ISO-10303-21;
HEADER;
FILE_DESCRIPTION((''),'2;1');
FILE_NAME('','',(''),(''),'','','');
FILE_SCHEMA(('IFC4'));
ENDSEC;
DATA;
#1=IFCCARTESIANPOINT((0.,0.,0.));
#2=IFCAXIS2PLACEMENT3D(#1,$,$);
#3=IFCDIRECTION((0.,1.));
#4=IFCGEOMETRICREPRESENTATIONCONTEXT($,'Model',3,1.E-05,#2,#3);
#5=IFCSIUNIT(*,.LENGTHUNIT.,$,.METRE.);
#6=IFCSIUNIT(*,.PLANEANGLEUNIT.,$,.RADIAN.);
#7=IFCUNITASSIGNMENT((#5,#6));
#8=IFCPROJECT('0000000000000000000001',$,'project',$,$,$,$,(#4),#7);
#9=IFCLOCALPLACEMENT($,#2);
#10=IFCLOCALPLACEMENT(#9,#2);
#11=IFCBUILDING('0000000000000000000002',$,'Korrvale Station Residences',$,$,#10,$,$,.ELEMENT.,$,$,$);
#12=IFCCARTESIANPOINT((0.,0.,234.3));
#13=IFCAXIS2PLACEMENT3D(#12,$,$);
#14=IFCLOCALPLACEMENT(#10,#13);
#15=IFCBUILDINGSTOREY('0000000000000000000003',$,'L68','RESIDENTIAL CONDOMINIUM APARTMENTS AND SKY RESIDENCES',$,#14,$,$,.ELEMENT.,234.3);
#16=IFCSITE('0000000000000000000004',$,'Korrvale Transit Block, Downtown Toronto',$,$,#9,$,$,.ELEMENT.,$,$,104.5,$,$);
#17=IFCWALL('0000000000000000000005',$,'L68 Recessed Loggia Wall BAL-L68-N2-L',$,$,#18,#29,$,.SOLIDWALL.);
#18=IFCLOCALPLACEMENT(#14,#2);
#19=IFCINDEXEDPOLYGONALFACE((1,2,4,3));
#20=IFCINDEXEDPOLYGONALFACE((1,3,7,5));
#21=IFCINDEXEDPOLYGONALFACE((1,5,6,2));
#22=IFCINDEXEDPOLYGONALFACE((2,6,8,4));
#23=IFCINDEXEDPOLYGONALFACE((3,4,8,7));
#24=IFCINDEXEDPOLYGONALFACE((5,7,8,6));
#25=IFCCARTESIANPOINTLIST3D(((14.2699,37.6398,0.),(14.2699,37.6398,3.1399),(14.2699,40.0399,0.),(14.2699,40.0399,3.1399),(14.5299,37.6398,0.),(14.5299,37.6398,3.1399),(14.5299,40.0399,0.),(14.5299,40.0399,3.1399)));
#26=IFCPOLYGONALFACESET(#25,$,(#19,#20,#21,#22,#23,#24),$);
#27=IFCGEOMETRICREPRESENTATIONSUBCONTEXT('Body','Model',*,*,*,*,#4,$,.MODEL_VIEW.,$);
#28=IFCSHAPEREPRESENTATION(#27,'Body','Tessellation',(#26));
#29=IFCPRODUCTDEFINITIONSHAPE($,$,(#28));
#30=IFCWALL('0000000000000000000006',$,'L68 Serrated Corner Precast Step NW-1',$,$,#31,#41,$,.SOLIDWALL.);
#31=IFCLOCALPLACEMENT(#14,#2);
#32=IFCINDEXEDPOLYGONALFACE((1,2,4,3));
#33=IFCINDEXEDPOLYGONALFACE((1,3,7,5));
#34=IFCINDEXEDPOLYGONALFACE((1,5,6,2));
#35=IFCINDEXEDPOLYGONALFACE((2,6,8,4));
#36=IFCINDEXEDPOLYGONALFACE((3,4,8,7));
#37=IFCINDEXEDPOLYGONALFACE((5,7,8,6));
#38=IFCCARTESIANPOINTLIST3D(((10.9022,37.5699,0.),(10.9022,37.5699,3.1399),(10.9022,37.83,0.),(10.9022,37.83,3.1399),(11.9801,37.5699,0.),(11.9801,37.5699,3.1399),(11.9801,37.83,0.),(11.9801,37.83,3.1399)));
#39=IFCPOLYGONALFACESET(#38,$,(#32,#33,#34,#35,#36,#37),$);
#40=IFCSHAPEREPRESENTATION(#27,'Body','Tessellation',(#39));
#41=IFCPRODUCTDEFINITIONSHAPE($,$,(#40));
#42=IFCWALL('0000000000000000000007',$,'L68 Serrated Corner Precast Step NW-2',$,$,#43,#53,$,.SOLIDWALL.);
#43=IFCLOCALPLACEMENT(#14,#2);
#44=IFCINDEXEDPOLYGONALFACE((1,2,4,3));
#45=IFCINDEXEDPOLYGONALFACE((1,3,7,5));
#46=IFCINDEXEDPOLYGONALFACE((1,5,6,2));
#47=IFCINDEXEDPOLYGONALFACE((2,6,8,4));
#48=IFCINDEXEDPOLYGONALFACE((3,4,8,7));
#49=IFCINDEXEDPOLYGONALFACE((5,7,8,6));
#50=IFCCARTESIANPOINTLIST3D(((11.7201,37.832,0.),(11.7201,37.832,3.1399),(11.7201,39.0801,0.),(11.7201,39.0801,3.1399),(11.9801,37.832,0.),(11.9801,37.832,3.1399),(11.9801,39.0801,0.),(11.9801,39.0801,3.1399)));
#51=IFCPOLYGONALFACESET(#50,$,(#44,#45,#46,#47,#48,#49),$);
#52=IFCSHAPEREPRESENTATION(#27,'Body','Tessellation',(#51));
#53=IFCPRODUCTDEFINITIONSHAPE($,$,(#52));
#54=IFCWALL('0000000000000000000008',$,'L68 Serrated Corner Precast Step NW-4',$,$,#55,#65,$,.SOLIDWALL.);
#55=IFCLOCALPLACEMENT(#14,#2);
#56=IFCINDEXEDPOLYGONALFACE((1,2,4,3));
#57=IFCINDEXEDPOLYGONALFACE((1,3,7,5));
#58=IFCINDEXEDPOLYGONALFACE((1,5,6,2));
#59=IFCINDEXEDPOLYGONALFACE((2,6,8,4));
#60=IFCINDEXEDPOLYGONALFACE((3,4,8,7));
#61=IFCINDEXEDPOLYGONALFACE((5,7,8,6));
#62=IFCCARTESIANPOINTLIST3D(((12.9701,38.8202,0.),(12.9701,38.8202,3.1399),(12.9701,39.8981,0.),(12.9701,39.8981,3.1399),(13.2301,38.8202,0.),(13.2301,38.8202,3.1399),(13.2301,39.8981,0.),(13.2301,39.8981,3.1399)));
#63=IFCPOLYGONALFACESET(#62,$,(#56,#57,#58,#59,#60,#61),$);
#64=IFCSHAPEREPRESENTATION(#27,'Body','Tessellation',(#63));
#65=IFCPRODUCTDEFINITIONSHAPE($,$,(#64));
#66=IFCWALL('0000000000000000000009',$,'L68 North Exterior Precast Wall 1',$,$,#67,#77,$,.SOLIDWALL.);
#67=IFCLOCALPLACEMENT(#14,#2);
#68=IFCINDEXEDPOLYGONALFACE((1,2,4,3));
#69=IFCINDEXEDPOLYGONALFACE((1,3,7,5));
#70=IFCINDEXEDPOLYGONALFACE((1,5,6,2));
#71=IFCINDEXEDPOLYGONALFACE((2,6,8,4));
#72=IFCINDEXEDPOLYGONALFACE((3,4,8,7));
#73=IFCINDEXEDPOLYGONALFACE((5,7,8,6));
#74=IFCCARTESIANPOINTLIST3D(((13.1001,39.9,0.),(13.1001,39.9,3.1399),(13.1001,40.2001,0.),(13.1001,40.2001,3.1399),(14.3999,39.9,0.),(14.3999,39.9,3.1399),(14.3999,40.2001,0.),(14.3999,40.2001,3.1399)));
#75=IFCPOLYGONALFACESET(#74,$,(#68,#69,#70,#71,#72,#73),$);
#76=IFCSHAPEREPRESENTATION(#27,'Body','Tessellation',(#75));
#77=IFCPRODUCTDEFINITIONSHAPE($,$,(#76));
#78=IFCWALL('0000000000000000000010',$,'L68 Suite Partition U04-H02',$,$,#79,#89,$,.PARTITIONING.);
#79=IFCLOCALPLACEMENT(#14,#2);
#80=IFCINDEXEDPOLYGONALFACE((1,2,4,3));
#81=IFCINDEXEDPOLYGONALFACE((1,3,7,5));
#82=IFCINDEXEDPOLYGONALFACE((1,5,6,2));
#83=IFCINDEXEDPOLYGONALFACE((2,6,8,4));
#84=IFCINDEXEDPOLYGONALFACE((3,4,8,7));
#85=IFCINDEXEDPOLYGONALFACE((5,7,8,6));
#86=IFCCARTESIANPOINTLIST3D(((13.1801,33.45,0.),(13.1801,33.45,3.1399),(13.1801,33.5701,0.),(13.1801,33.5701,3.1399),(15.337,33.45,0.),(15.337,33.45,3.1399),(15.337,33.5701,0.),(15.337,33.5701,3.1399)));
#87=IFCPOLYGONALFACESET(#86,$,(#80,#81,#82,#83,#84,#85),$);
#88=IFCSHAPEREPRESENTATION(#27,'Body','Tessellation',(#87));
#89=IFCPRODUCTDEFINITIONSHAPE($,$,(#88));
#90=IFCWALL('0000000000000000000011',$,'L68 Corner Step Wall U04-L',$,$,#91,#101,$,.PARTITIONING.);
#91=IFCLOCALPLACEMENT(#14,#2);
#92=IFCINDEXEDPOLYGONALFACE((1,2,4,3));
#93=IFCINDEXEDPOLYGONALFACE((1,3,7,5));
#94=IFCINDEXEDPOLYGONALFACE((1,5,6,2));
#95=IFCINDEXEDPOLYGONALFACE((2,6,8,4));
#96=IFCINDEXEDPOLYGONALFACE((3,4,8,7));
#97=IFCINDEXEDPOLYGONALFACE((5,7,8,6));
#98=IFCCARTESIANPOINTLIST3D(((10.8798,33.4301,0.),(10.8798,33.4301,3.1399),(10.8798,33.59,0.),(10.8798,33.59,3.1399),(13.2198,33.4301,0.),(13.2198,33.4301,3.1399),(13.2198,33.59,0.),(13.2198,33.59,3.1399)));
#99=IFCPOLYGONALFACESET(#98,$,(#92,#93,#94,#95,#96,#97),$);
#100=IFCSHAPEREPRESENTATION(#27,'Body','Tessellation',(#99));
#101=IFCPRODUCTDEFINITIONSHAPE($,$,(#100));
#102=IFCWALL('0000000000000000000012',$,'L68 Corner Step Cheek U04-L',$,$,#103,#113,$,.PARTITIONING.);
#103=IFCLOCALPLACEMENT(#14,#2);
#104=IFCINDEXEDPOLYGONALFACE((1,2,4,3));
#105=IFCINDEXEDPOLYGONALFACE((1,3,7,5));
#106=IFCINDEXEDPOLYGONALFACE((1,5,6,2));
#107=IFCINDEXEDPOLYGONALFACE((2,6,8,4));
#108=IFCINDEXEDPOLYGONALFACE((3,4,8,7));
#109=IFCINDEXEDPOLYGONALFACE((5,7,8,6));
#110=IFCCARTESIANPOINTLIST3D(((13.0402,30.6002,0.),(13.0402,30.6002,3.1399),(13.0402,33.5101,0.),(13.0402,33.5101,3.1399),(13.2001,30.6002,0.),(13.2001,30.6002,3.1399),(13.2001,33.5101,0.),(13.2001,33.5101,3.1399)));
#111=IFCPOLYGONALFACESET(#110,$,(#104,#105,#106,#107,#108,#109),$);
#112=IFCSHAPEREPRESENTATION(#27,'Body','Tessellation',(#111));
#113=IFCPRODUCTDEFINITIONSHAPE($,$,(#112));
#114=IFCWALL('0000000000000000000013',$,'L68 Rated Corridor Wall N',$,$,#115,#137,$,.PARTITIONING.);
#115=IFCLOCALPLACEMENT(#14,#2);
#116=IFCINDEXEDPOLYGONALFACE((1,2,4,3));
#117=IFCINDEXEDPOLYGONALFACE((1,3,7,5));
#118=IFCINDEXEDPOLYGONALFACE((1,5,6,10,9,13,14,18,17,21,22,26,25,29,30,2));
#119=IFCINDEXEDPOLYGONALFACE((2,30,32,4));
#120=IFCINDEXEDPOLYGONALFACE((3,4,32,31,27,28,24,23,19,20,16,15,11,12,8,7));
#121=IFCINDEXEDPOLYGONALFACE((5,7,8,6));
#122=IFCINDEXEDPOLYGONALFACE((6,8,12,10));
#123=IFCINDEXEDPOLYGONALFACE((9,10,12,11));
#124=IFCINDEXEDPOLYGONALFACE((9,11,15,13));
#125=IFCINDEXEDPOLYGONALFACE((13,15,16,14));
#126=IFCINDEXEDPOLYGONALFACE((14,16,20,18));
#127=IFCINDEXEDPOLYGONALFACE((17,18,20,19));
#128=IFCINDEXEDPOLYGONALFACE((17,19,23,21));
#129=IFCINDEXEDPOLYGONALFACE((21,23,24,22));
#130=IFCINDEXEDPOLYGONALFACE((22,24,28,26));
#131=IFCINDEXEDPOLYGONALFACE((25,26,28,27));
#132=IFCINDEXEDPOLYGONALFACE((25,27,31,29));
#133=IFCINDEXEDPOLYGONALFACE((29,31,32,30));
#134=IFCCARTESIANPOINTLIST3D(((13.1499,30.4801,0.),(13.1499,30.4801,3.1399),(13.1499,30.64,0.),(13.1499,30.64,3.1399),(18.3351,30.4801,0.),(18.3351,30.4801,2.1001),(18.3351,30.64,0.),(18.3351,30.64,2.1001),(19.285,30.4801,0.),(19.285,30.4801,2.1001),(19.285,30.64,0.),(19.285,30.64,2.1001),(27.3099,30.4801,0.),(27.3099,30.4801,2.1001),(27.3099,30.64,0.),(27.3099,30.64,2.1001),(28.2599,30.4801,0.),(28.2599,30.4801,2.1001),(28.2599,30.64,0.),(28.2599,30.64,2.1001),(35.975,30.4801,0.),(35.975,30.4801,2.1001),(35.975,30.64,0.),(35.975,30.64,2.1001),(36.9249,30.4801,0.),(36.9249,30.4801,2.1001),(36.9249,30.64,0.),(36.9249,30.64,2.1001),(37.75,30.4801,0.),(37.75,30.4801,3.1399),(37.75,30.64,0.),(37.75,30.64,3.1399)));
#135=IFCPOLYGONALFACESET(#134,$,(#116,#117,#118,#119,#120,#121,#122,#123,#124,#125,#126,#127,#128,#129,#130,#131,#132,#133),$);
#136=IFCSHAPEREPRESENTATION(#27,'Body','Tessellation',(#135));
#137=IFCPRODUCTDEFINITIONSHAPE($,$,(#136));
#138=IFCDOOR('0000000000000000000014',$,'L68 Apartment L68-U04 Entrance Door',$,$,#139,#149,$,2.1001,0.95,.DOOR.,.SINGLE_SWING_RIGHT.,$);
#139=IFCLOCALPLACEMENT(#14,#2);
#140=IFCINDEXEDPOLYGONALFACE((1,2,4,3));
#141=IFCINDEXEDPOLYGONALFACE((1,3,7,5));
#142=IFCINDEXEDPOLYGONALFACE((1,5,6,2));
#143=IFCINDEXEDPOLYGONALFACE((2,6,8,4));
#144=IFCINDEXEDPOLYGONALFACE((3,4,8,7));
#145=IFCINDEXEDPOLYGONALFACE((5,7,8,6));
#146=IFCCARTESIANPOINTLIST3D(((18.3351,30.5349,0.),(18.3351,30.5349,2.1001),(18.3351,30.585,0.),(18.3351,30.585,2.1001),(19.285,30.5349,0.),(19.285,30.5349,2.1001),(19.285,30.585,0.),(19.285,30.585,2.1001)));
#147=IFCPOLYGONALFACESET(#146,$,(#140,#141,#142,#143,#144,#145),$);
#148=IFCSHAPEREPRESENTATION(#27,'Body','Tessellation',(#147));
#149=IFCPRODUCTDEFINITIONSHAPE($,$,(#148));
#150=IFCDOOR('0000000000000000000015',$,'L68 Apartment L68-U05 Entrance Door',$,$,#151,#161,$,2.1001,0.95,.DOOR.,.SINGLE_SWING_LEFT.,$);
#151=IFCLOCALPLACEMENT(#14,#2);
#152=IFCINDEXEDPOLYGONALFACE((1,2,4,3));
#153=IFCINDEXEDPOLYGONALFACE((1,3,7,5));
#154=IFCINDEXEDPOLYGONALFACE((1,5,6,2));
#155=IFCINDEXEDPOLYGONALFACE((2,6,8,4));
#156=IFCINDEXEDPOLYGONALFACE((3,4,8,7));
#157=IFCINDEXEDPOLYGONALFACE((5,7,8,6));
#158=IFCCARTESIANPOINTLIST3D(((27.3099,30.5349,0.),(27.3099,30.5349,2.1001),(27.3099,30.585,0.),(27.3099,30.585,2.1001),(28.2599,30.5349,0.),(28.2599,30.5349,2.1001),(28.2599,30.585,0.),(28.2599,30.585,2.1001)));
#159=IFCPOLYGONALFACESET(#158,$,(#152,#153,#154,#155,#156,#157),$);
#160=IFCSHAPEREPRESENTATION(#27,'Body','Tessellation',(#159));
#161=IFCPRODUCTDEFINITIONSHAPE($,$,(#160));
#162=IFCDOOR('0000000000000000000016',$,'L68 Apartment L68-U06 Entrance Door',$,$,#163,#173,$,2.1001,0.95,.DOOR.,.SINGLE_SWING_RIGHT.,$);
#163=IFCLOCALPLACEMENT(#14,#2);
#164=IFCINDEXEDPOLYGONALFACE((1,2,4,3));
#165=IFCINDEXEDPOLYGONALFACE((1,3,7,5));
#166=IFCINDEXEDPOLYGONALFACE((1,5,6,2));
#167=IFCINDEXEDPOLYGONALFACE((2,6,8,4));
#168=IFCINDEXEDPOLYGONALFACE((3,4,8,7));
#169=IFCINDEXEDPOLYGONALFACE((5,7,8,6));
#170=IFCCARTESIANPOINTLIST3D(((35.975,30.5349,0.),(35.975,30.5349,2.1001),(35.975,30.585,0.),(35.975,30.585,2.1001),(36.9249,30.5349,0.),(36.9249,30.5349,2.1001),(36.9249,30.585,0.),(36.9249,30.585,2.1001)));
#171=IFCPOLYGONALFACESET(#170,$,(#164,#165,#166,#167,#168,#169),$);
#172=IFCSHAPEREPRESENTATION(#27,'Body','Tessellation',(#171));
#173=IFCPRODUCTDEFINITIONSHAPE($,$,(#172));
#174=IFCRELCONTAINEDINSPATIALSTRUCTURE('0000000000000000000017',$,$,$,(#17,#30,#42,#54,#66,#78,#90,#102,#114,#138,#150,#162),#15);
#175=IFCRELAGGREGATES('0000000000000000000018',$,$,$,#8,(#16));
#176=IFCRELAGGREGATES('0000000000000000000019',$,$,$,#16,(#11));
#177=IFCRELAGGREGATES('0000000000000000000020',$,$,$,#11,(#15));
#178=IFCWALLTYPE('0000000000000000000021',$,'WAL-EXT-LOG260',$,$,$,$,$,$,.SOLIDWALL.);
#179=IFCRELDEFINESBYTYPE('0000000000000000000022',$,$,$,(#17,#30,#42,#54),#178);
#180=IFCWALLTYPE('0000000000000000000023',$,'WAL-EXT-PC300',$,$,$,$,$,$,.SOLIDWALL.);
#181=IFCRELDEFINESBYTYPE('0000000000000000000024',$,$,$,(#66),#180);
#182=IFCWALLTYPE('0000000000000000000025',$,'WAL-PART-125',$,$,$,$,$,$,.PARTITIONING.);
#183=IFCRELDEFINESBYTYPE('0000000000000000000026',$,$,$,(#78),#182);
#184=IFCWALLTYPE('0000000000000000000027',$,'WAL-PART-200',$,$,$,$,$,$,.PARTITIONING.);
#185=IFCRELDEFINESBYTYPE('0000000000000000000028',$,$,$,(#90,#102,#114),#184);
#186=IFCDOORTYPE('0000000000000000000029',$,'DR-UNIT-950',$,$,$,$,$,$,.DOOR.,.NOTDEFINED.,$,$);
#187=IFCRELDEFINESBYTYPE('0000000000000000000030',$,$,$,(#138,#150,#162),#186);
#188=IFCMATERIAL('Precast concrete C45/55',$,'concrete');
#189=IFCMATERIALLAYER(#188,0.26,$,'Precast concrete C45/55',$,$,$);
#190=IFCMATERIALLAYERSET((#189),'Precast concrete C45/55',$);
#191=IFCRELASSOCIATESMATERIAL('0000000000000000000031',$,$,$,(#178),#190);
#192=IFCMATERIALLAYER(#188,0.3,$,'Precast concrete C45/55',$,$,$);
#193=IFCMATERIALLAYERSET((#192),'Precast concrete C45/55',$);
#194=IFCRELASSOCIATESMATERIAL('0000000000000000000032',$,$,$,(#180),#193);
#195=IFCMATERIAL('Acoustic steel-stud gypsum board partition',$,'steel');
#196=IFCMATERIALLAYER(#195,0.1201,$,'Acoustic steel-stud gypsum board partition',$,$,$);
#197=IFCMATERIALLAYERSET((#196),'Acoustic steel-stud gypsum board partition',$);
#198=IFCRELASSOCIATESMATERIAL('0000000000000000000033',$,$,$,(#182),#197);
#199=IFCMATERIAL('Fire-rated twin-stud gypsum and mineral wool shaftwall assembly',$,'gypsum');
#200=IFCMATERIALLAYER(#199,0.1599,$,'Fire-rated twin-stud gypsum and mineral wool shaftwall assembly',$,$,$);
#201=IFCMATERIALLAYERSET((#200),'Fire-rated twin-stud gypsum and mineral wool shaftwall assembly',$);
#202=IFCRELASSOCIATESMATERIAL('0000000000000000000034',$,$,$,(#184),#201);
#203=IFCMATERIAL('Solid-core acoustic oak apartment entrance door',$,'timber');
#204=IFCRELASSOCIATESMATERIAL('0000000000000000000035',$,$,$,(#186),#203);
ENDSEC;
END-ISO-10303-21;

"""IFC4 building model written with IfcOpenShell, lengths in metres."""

from ifc_helpers import new_model, si_unit, direction, frame, frame_2d, origin, place, context, subcontext, project, spatial, rectangle, extrude, material, layer, layer_set, type_object, element, fill, save


model = new_model("IFC4")

# Units and contexts
model_context = context("Model", 3, precision=1e-05, world=origin(), true_north=direction((0.0, 1.0)))
body_context = subcontext(model_context, "Body", "Model", "MODEL_VIEW")
ifc_project = project(units=[si_unit("LENGTHUNIT", "METRE"), si_unit("PLANEANGLEUNIT", "RADIAN")], contexts=[model_context])

# Site, building, storey
site_placement = place(None, origin())
site = spatial("IfcSite", under=ifc_project, at=site_placement, Name="Korrvale Transit Block, Downtown Toronto", CompositionType="ELEMENT", RefElevation=104.5)
building_placement = place(site_placement, origin())
building = spatial("IfcBuilding", under=site, at=building_placement, Name="Korrvale Station Residences", CompositionType="ELEMENT")
storey_placement = place(building_placement, frame((0.0, 0.0, 234.3)))
storey = spatial("IfcBuildingStorey", under=building, at=storey_placement, Name="L68", Description="RESIDENTIAL CONDOMINIUM APARTMENTS AND SKY RESIDENCES", CompositionType="ELEMENT", Elevation=234.3)

# Walls
ifc_material_1 = material(Name="Precast concrete C45/55", Category="concrete")
ifc_layer_1 = layer(ifc_material_1, 0.26, Name="Precast concrete C45/55")
ifc_layer_set_1 = layer_set([ifc_layer_1], Name="Precast concrete C45/55")
wall_type_1 = type_object("IfcWallType", Name="WAL-EXT-LOG260", PredefinedType="SOLIDWALL", material=ifc_layer_set_1)
wall_1_placement = place(storey_placement, frame((14.3999, 40.04, 0.0), z_axis=(0.0, 0.0, 1.0), x_axis=(0.0, -1.0, 0.0)))
element("IfcWall", 1, at=wall_1_placement, inside=storey, type_object=wall_type_1, Name="L68 Recessed Loggia Wall BAL-L68-N2-L", PredefinedType="SOLIDWALL", context=body_context, shape_type="SweptSolid", body=[
    extrude(rectangle(XDim=2.4001, YDim=0.26, at=frame_2d((1.2002, 0.0))), origin(), (0.0, 0.0, 1.0), 3.1399),
])
wall_2_placement = place(storey_placement, frame((10.9021, 37.7, 0.0), z_axis=(0.0, 0.0, 1.0), x_axis=(1.0, 0.0, 0.0)))
element("IfcWall", 2, at=wall_2_placement, inside=storey, type_object=wall_type_1, Name="L68 Serrated Corner Precast Step NW-1", PredefinedType="SOLIDWALL", context=body_context, shape_type="SweptSolid", body=[
    extrude(rectangle(XDim=1.0779, YDim=0.26, at=frame_2d((0.5391, 0.0))), origin(), (0.0, 0.0, 1.0), 3.1399),
])
wall_3_placement = place(storey_placement, frame((11.8501, 37.832, 0.0), z_axis=(0.0, 0.0, 1.0), x_axis=(0.0, 1.0, 0.0)))
element("IfcWall", 3, at=wall_3_placement, inside=storey, type_object=wall_type_1, Name="L68 Serrated Corner Precast Step NW-2", PredefinedType="SOLIDWALL", context=body_context, shape_type="SweptSolid", body=[
    extrude(rectangle(XDim=1.248, YDim=0.26, at=frame_2d((0.624, 0.0))), origin(), (0.0, 0.0, 1.0), 3.1399),
])
wall_4_placement = place(storey_placement, frame((13.1001, 38.8201, 0.0), z_axis=(0.0, 0.0, 1.0), x_axis=(0.0, 1.0, 0.0)))
element("IfcWall", 4, at=wall_4_placement, inside=storey, type_object=wall_type_1, Name="L68 Serrated Corner Precast Step NW-4", PredefinedType="SOLIDWALL", context=body_context, shape_type="SweptSolid", body=[
    extrude(rectangle(XDim=1.0779, YDim=0.26, at=frame_2d((0.5391, 0.0))), origin(), (0.0, 0.0, 1.0), 3.1399),
])
ifc_layer_2 = layer(ifc_material_1, 0.3, Name="Precast concrete C45/55")
ifc_layer_set_2 = layer_set([ifc_layer_2], Name="Precast concrete C45/55")
wall_type_2 = type_object("IfcWallType", Name="WAL-EXT-PC300", PredefinedType="SOLIDWALL", material=ifc_layer_set_2)
wall_5_placement = place(storey_placement, frame((13.1001, 40.05, 0.0), z_axis=(0.0, 0.0, 1.0), x_axis=(1.0, 0.0, 0.0)))
element("IfcWall", 5, at=wall_5_placement, inside=storey, type_object=wall_type_2, Name="L68 North Exterior Precast Wall 1", PredefinedType="SOLIDWALL", context=body_context, shape_type="SweptSolid", body=[
    extrude(rectangle(XDim=1.2998, YDim=0.3, at=frame_2d((0.6499, 0.0))), origin(), (0.0, 0.0, 1.0), 3.1399),
])
ifc_material_2 = material(Name="Acoustic steel-stud gypsum board partition", Category="steel")
ifc_layer_3 = layer(ifc_material_2, 0.1201, Name="Acoustic steel-stud gypsum board partition")
ifc_layer_set_3 = layer_set([ifc_layer_3], Name="Acoustic steel-stud gypsum board partition")
wall_type_3 = type_object("IfcWallType", Name="WAL-PART-125", PredefinedType="PARTITIONING", material=ifc_layer_set_3)
wall_6_placement = place(storey_placement, frame((13.1799, 33.51, 0.0), z_axis=(0.0, 0.0, 1.0), x_axis=(1.0, 0.0, 0.0)))
element("IfcWall", 6, at=wall_6_placement, inside=storey, type_object=wall_type_3, Name="L68 Suite Partition U04-H02", PredefinedType="PARTITIONING", context=body_context, shape_type="SweptSolid", body=[
    extrude(rectangle(XDim=2.157, YDim=0.1201, at=frame_2d((1.0786, 0.0))), origin(), (0.0, 0.0, 1.0), 3.1399),
])
ifc_material_3 = material(Name="Fire-rated twin-stud gypsum and mineral wool shaftwall assembly", Category="gypsum")
ifc_layer_4 = layer(ifc_material_3, 0.1599, Name="Fire-rated twin-stud gypsum and mineral wool shaftwall assembly")
ifc_layer_set_4 = layer_set([ifc_layer_4], Name="Fire-rated twin-stud gypsum and mineral wool shaftwall assembly")
wall_type_4 = type_object("IfcWallType", Name="WAL-PART-200", PredefinedType="PARTITIONING", material=ifc_layer_set_4)
wall_7_placement = place(storey_placement, frame((10.8799, 33.51, 0.0), z_axis=(0.0, 0.0, 1.0), x_axis=(1.0, 0.0, 0.0)))
element("IfcWall", 7, at=wall_7_placement, inside=storey, type_object=wall_type_4, Name="L68 Corner Step Wall U04-L", PredefinedType="PARTITIONING", context=body_context, shape_type="SweptSolid", body=[
    extrude(rectangle(XDim=2.3401, YDim=0.1599, at=frame_2d((1.1699, 0.0))), origin(), (0.0, 0.0, 1.0), 3.1399),
])
wall_8_placement = place(storey_placement, frame((13.1201, 30.6001, 0.0), z_axis=(0.0, 0.0, 1.0), x_axis=(0.0, 1.0, 0.0)))
element("IfcWall", 8, at=wall_8_placement, inside=storey, type_object=wall_type_4, Name="L68 Corner Step Cheek U04-L", PredefinedType="PARTITIONING", context=body_context, shape_type="SweptSolid", body=[
    extrude(rectangle(XDim=2.9099, YDim=0.1599, at=frame_2d((1.4551, 0.0))), origin(), (0.0, 0.0, 1.0), 3.1399),
])

# Wall, openings, doors
wall_9_placement = place(storey_placement, frame((13.1499, 30.5601, 0.0), z_axis=(0.0, 0.0, 1.0), x_axis=(1.0, 0.0, 0.0)))
wall_9 = element("IfcWall", 9, at=wall_9_placement, inside=storey, type_object=wall_type_4, Name="L68 Rated Corridor Wall N", PredefinedType="PARTITIONING", context=body_context, shape_type="SweptSolid", body=[
    extrude(rectangle(XDim=24.6001, YDim=0.1599, at=frame_2d((12.3, 0.0))), origin(), (0.0, 0.0, 1.0), 3.1399),
])
opening_1_placement = place(wall_9_placement, frame((5.1851, 0.0, 0.0)))
opening_1 = element("IfcOpeningElement", 10, at=opening_1_placement, cuts=wall_9, PredefinedType="OPENING", context=body_context, shape_type="SweptSolid", body=[
    extrude(rectangle(XDim=0.95, YDim=2.1001, at=frame_2d((0.4751, 1.05))), frame((0.0, 0.0898, 0.0), z_axis=(0.0, -1.0, 0.0), x_axis=(1.0, 0.0, 0.0)), (0.0, 0.0, 1.0), 0.1799),
])
opening_2_placement = place(wall_9_placement, frame((14.1599, 0.0, 0.0)))
opening_2 = element("IfcOpeningElement", 11, at=opening_2_placement, cuts=wall_9, PredefinedType="OPENING", context=body_context, shape_type="SweptSolid", body=[
    extrude(rectangle(XDim=0.95, YDim=2.1001, at=frame_2d((0.4751, 1.05))), frame((0.0, 0.0898, 0.0), z_axis=(0.0, -1.0, 0.0), x_axis=(1.0, 0.0, 0.0)), (0.0, 0.0, 1.0), 0.1799),
])
opening_3_placement = place(wall_9_placement, frame((22.825, 0.0, 0.0)))
opening_3 = element("IfcOpeningElement", 12, at=opening_3_placement, cuts=wall_9, PredefinedType="OPENING", context=body_context, shape_type="SweptSolid", body=[
    extrude(rectangle(XDim=0.95, YDim=2.1001, at=frame_2d((0.4751, 1.05))), frame((0.0, 0.0898, 0.0), z_axis=(0.0, -1.0, 0.0), x_axis=(1.0, 0.0, 0.0)), (0.0, 0.0, 1.0), 0.1799),
])
ifc_material_4 = material(Name="Solid-core acoustic oak apartment entrance door", Category="timber")
door_type = type_object("IfcDoorType", Name="DR-UNIT-950", OperationType="NOTDEFINED", PredefinedType="DOOR", material=ifc_material_4)
door_1_placement = place(opening_1_placement, origin())
door_1 = element("IfcDoor", 13, at=door_1_placement, inside=storey, type_object=door_type, Name="L68 Apartment L68-U04 Entrance Door", OperationType="SINGLE_SWING_RIGHT", OverallHeight=2.1001, OverallWidth=0.95, PredefinedType="DOOR", context=body_context, shape_type="SweptSolid", body=[
    extrude(rectangle(XDim=0.95, YDim=2.1001, at=frame_2d((0.4751, 1.05))), frame((0.0, 0.0249, 0.0), z_axis=(0.0, -1.0, 0.0), x_axis=(1.0, 0.0, 0.0)), (0.0, 0.0, 1.0), 0.05),
])
fill(opening_1, door_1)
door_2_placement = place(opening_2_placement, origin())
door_2 = element("IfcDoor", 14, at=door_2_placement, inside=storey, type_object=door_type, Name="L68 Apartment L68-U05 Entrance Door", OperationType="SINGLE_SWING_LEFT", OverallHeight=2.1001, OverallWidth=0.95, PredefinedType="DOOR", context=body_context, shape_type="SweptSolid", body=[
    extrude(rectangle(XDim=0.95, YDim=2.1001, at=frame_2d((0.4751, 1.05))), frame((0.0, 0.0249, 0.0), z_axis=(0.0, -1.0, 0.0), x_axis=(1.0, 0.0, 0.0)), (0.0, 0.0, 1.0), 0.05),
])
fill(opening_2, door_2)
door_3_placement = place(opening_3_placement, origin())
door_3 = element("IfcDoor", 15, at=door_3_placement, inside=storey, type_object=door_type, Name="L68 Apartment L68-U06 Entrance Door", OperationType="SINGLE_SWING_RIGHT", OverallHeight=2.1001, OverallWidth=0.95, PredefinedType="DOOR", context=body_context, shape_type="SweptSolid", body=[
    extrude(rectangle(XDim=0.95, YDim=2.1001, at=frame_2d((0.4751, 1.05))), frame((0.0, 0.0249, 0.0), z_axis=(0.0, -1.0, 0.0), x_axis=(1.0, 0.0, 0.0)), (0.0, 0.0, 1.0), 0.05),
])
fill(opening_3, door_3)

save(model, "model.ifc")
